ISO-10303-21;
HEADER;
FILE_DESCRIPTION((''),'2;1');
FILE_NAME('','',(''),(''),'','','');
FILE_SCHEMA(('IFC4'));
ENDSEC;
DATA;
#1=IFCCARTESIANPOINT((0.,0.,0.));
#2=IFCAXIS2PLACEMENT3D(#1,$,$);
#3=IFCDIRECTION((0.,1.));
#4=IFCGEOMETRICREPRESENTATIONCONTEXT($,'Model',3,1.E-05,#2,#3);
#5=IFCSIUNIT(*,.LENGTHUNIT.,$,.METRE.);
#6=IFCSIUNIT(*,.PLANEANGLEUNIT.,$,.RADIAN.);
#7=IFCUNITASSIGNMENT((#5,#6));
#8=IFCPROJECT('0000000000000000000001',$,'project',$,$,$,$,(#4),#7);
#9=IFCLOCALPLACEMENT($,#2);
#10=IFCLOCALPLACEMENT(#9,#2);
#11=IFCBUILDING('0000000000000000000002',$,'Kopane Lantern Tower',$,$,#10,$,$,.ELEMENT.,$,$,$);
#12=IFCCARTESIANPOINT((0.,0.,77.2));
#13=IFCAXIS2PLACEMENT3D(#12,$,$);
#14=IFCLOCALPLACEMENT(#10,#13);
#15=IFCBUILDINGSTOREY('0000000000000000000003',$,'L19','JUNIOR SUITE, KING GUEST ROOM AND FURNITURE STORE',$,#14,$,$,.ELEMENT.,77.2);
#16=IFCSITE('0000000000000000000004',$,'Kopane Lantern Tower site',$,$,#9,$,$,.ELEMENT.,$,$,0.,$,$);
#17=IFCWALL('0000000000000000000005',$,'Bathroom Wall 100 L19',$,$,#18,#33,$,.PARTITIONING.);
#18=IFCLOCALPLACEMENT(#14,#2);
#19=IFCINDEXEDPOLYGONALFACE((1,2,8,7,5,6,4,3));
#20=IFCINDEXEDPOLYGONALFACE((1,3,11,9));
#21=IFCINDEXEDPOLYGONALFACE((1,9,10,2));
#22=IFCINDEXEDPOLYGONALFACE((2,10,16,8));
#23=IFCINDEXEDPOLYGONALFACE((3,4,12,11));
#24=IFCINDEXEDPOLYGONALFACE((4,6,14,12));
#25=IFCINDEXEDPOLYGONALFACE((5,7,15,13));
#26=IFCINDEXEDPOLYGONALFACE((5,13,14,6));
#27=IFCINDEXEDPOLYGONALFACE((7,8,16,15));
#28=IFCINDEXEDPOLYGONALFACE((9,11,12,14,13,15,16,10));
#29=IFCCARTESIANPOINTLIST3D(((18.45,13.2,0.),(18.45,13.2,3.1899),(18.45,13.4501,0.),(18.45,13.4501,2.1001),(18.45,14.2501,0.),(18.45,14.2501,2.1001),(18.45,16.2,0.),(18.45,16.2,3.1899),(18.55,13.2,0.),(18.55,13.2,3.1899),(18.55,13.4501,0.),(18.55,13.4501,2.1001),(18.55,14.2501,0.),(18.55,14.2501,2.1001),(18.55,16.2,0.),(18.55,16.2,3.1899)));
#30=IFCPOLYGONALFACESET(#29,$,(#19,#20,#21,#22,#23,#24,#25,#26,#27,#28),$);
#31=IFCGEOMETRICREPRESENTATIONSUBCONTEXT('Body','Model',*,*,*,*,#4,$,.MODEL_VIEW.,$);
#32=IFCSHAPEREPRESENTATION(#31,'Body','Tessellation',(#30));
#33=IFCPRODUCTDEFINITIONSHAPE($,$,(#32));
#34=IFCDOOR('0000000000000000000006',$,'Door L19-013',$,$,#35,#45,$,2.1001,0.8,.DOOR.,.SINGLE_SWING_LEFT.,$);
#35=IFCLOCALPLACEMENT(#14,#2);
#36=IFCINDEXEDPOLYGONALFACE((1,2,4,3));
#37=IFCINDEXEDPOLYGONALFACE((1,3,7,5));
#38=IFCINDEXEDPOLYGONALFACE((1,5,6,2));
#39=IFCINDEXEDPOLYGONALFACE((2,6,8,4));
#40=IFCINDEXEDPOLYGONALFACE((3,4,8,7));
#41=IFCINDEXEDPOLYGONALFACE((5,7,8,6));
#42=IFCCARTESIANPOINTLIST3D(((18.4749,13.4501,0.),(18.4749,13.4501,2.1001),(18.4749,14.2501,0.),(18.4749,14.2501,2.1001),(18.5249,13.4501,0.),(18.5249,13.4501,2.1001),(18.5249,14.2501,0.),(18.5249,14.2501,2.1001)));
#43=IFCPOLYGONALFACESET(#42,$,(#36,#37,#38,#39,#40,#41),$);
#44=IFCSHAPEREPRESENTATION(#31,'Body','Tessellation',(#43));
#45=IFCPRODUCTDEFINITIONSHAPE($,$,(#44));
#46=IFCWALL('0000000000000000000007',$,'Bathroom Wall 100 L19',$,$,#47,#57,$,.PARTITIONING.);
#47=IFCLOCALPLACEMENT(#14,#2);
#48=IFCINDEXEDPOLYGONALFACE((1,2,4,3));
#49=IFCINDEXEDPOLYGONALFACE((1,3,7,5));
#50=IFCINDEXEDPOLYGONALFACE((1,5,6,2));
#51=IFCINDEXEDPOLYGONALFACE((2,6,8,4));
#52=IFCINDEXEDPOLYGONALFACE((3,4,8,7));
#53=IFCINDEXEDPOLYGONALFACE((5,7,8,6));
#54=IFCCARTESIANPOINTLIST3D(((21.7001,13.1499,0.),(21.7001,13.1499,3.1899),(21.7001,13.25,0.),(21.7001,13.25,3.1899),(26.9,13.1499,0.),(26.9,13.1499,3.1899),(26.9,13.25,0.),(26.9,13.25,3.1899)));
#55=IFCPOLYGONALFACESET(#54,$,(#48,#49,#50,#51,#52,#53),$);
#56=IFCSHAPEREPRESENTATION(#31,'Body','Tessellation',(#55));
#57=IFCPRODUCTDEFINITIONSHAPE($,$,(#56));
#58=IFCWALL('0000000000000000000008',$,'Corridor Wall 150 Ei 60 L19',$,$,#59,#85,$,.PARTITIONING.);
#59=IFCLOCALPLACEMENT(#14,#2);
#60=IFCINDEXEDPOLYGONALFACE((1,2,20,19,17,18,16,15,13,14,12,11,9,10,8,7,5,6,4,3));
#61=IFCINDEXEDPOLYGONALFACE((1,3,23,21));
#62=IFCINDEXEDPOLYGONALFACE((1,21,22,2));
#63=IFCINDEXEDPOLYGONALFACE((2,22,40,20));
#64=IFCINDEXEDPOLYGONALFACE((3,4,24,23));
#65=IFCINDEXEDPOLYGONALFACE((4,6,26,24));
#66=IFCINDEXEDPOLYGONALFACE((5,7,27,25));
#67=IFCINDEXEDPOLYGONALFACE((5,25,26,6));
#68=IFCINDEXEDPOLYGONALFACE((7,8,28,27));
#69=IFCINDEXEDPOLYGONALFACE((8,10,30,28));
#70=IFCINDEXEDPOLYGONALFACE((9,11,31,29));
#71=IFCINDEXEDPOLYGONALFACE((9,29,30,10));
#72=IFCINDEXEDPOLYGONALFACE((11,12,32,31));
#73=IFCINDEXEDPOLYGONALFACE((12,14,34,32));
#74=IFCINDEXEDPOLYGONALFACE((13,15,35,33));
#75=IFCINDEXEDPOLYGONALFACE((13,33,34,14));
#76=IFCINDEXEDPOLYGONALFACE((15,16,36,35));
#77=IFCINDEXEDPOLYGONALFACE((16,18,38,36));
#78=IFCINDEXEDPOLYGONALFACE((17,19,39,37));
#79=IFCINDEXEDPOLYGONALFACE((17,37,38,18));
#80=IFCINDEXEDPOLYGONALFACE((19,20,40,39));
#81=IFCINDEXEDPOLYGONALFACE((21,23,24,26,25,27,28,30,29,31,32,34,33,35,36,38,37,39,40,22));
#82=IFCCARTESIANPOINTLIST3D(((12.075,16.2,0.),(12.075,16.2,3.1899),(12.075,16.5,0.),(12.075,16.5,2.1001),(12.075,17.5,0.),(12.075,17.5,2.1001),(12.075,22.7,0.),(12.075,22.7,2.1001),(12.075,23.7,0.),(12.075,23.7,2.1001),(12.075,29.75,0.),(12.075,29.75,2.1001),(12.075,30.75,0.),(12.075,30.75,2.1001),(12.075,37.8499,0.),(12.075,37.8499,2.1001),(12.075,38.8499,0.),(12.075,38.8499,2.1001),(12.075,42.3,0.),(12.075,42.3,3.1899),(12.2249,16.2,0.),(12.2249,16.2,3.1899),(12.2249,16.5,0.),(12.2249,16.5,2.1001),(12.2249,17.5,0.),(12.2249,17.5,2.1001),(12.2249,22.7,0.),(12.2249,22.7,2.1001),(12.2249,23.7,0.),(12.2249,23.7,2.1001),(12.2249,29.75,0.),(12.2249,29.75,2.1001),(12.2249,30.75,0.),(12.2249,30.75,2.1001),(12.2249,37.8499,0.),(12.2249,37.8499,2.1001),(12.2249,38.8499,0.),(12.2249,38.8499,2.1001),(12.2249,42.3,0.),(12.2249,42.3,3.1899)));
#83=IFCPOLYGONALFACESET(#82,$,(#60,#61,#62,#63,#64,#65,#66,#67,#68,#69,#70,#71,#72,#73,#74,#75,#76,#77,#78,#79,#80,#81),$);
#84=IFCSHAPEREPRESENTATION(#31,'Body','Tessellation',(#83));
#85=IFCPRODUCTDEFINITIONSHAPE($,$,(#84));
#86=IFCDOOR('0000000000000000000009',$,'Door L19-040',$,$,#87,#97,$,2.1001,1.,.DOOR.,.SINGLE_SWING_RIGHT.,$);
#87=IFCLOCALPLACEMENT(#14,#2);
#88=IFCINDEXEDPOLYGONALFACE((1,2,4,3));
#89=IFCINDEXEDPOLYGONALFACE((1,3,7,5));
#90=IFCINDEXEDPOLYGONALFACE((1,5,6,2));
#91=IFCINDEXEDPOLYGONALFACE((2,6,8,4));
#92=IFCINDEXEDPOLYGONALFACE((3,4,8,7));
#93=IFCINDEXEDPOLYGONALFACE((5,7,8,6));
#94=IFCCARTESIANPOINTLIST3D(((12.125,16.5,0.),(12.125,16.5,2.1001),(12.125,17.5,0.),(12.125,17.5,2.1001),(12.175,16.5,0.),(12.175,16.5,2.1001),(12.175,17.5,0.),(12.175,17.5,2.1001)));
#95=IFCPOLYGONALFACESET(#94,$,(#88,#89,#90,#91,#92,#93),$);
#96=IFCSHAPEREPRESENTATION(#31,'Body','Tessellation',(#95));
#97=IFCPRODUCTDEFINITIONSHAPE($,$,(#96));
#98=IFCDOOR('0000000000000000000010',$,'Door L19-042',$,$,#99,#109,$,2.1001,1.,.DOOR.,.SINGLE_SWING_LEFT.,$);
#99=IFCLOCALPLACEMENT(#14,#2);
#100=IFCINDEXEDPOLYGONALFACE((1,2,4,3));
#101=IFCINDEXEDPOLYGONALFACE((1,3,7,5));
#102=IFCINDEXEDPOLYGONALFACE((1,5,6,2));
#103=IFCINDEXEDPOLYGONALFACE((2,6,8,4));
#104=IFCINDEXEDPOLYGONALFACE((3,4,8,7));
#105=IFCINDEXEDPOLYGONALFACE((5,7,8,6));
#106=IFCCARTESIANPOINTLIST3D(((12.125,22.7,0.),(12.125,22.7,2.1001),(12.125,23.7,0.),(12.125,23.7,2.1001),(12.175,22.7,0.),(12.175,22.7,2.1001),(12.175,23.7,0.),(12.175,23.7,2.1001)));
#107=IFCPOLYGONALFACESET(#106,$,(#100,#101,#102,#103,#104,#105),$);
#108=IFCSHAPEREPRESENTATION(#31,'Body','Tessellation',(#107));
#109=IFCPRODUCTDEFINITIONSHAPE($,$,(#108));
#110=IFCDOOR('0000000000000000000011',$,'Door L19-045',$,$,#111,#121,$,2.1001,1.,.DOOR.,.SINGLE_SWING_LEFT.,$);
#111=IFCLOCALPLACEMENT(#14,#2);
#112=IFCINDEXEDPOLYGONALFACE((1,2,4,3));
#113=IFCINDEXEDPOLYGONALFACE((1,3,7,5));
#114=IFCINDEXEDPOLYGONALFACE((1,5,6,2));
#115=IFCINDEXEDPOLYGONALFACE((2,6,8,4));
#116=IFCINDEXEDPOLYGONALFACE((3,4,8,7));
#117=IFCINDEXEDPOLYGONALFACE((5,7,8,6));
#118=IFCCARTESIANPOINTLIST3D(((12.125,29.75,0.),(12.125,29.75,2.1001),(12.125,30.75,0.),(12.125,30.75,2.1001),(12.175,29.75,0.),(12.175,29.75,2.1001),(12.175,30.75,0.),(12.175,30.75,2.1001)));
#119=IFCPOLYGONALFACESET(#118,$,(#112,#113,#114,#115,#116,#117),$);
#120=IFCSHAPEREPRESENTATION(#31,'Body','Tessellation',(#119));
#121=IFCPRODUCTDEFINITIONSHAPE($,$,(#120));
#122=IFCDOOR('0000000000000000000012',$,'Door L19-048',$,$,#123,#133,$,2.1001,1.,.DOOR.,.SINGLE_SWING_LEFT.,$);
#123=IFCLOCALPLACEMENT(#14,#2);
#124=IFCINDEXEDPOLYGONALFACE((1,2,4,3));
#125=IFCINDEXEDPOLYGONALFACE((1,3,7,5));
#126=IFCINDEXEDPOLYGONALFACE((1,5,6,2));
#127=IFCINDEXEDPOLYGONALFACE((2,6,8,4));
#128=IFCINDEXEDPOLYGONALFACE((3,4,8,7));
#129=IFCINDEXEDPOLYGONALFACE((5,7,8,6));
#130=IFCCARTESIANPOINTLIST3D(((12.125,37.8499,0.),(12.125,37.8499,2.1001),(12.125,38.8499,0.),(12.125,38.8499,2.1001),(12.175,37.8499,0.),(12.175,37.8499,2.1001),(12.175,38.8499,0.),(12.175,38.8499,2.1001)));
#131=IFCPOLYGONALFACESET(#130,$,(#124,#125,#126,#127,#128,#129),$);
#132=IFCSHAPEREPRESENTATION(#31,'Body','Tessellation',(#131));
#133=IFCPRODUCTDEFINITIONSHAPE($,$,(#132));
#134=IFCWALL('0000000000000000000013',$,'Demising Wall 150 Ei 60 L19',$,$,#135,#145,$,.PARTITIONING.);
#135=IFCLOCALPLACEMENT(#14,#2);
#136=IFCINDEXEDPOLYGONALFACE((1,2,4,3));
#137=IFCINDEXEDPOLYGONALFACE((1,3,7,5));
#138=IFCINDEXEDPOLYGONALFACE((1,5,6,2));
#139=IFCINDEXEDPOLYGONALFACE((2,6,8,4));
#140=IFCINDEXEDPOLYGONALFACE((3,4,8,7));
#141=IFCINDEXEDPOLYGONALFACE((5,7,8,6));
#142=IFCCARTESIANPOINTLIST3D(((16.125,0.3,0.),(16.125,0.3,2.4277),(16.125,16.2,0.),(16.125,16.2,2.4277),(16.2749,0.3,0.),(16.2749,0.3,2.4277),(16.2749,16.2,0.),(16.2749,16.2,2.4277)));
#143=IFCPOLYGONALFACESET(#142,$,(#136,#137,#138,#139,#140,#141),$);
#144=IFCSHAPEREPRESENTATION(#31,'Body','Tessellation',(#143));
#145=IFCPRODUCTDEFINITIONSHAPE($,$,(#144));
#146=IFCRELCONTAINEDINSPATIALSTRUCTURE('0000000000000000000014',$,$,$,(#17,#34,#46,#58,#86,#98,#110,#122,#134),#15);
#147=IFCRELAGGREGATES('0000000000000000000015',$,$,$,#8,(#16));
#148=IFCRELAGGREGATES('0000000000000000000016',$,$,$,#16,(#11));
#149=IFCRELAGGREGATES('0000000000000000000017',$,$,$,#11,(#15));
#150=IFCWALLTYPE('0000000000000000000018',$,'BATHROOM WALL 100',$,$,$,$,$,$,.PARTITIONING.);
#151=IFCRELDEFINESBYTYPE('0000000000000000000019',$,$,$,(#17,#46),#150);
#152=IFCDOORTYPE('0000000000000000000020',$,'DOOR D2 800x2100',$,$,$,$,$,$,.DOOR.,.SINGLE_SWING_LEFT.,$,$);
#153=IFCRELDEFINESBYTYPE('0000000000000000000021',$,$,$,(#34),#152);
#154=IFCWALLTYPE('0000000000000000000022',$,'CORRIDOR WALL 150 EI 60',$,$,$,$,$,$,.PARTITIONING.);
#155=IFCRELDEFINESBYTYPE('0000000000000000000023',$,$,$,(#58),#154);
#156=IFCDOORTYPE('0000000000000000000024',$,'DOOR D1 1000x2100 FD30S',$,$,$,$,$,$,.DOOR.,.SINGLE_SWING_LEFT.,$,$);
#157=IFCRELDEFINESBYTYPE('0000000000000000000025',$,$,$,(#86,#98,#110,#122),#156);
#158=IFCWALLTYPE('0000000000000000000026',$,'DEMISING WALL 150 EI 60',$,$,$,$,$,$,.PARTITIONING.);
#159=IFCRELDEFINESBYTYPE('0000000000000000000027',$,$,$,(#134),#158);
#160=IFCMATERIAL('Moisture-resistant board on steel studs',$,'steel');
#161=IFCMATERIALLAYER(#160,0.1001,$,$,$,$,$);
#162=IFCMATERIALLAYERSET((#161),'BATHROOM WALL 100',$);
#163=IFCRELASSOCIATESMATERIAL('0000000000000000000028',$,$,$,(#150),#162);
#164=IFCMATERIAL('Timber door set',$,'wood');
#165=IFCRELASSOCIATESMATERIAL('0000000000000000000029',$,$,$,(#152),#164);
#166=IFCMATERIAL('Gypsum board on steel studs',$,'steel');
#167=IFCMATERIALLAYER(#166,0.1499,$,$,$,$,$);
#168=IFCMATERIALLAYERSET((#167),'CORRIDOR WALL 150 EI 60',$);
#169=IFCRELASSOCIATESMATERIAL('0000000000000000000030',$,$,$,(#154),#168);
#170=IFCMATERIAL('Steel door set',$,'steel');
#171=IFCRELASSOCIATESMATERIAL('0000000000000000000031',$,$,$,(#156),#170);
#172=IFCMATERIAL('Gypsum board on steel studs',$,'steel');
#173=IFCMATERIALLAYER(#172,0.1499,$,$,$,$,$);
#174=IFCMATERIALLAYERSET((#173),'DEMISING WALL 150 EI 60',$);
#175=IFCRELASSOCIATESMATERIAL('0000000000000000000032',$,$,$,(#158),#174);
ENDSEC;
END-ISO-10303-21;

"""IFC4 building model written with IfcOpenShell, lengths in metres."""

from ifc_helpers import new_model, si_unit, direction, frame, frame_2d, origin, place, context, subcontext, project, spatial, rectangle, extrude, material, layer, layer_set, type_object, element, fill, save


model = new_model("IFC4")

# Units and contexts
model_context = context("Model", 3, precision=1e-05, world=origin(), true_north=direction((0.0, 1.0)))
body_context = subcontext(model_context, "Body", "Model", "MODEL_VIEW")
ifc_project = project(units=[si_unit("LENGTHUNIT", "METRE"), si_unit("PLANEANGLEUNIT", "RADIAN")], contexts=[model_context])

# Site, building, storey
site_placement = place(None, origin())
site = spatial("IfcSite", under=ifc_project, at=site_placement, Name="Kopane Lantern Tower site", CompositionType="ELEMENT", RefElevation=0.0)
building_placement = place(site_placement, origin())
building = spatial("IfcBuilding", under=site, at=building_placement, Name="Kopane Lantern Tower", CompositionType="ELEMENT")
storey_placement = place(building_placement, frame((0.0, 0.0, 77.2)))
storey = spatial("IfcBuildingStorey", under=building, at=storey_placement, Name="L19", Description="JUNIOR SUITE, KING GUEST ROOM AND FURNITURE STORE", CompositionType="ELEMENT", Elevation=77.2)

# Shared definitions
ifc_material_1 = material(Name="Moisture-resistant board on steel studs", Category="steel")
ifc_layer_1 = layer(ifc_material_1, 0.1001)
ifc_layer_set_1 = layer_set([ifc_layer_1], Name="BATHROOM WALL 100")
wall_type_1 = type_object("IfcWallType", Name="BATHROOM WALL 100", PredefinedType="PARTITIONING", material=ifc_layer_set_1)

# Wall, opening, door
wall_1_placement = place(storey_placement, frame((18.5, 16.2, 0.0), z_axis=(0.0, 0.0, 1.0), x_axis=(0.0, -1.0, 0.0)))
wall_1 = element("IfcWall", 1, at=wall_1_placement, inside=storey, type_object=wall_type_1, Name="Bathroom Wall 100 L19", PredefinedType="PARTITIONING", context=body_context, shape_type="SweptSolid", body=[
    extrude(rectangle(XDim=3.0, YDim=0.1001, at=frame_2d((1.5, 0.0))), origin(), (0.0, 0.0, 1.0), 3.1899),
])
opening_1_placement = place(wall_1_placement, frame((1.95, 0.0, 0.0)))
opening_1 = element("IfcOpeningElement", 2, at=opening_1_placement, cuts=wall_1, PredefinedType="OPENING", context=body_context, shape_type="SweptSolid", body=[
    extrude(rectangle(XDim=0.8, YDim=2.1001, at=frame_2d((0.3999, 1.05))), frame((0.0, 0.0601, 0.0), z_axis=(0.0, -1.0, 0.0), x_axis=(1.0, 0.0, 0.0)), (0.0, 0.0, 1.0), 0.1201),
])
ifc_material_2 = material(Name="Timber door set", Category="wood")
door_type_1 = type_object("IfcDoorType", Name="DOOR D2 800x2100", OperationType="SINGLE_SWING_LEFT", PredefinedType="DOOR", material=ifc_material_2)
door_1_placement = place(opening_1_placement, origin())
door_1 = element("IfcDoor", 3, at=door_1_placement, inside=storey, type_object=door_type_1, Name="Door L19-013", OperationType="SINGLE_SWING_LEFT", OverallHeight=2.1001, OverallWidth=0.8, PredefinedType="DOOR", context=body_context, shape_type="SweptSolid", body=[
    extrude(rectangle(XDim=0.8, YDim=2.1001, at=frame_2d((0.3999, 1.05))), frame((0.0, 0.0249, 0.0), z_axis=(0.0, -1.0, 0.0), x_axis=(1.0, 0.0, 0.0)), (0.0, 0.0, 1.0), 0.05),
])
fill(opening_1, door_1)

# Wall
wall_2_placement = place(storey_placement, frame((21.7, 13.2, 0.0), z_axis=(0.0, 0.0, 1.0), x_axis=(1.0, 0.0, 0.0)))
element("IfcWall", 4, at=wall_2_placement, inside=storey, type_object=wall_type_1, Name="Bathroom Wall 100 L19", PredefinedType="PARTITIONING", context=body_context, shape_type="SweptSolid", body=[
    extrude(rectangle(XDim=5.2, YDim=0.1001, at=frame_2d((2.6001, 0.0))), origin(), (0.0, 0.0, 1.0), 3.1899),
])

# Wall, openings, doors
ifc_material_3 = material(Name="Gypsum board on steel studs", Category="steel")
ifc_layer_2 = layer(ifc_material_3, 0.1499)
ifc_layer_set_2 = layer_set([ifc_layer_2], Name="CORRIDOR WALL 150 EI 60")
wall_type_2 = type_object("IfcWallType", Name="CORRIDOR WALL 150 EI 60", PredefinedType="PARTITIONING", material=ifc_layer_set_2)
ifc_material_4 = material(Name="Steel door set", Category="steel")
door_type_2 = type_object("IfcDoorType", Name="DOOR D1 1000x2100 FD30S", OperationType="SINGLE_SWING_LEFT", PredefinedType="DOOR", material=ifc_material_4)
wall_3_placement = place(storey_placement, frame((12.1499, 16.2, 0.0), z_axis=(0.0, 0.0, 1.0), x_axis=(0.0, 1.0, 0.0)))
wall_3 = element("IfcWall", 5, at=wall_3_placement, inside=storey, type_object=wall_type_2, Name="Corridor Wall 150 Ei 60 L19", PredefinedType="PARTITIONING", context=body_context, shape_type="SweptSolid", body=[
    extrude(rectangle(XDim=26.1001, YDim=0.1499, at=frame_2d((13.05, 0.0))), origin(), (0.0, 0.0, 1.0), 3.1899),
])
opening_2_placement = place(wall_3_placement, frame((0.3, 0.0, 0.0)))
opening_2 = element("IfcOpeningElement", 6, at=opening_2_placement, cuts=wall_3, PredefinedType="OPENING", context=body_context, shape_type="SweptSolid", body=[
    extrude(rectangle(XDim=1.0, YDim=2.1001, at=frame_2d((0.5, 1.05))), frame((0.0, 0.085, 0.0), z_axis=(0.0, -1.0, 0.0), x_axis=(1.0, 0.0, 0.0)), (0.0, 0.0, 1.0), 0.1699),
])
opening_3_placement = place(wall_3_placement, frame((6.5, 0.0, 0.0)))
opening_3 = element("IfcOpeningElement", 7, at=opening_3_placement, cuts=wall_3, PredefinedType="OPENING", context=body_context, shape_type="SweptSolid", body=[
    extrude(rectangle(XDim=1.0, YDim=2.1001, at=frame_2d((0.5, 1.05))), frame((0.0, 0.085, 0.0), z_axis=(0.0, -1.0, 0.0), x_axis=(1.0, 0.0, 0.0)), (0.0, 0.0, 1.0), 0.1699),
])
opening_4_placement = place(wall_3_placement, frame((13.55, 0.0, 0.0)))
opening_4 = element("IfcOpeningElement", 8, at=opening_4_placement, cuts=wall_3, PredefinedType="OPENING", context=body_context, shape_type="SweptSolid", body=[
    extrude(rectangle(XDim=1.0, YDim=2.1001, at=frame_2d((0.5, 1.05))), frame((0.0, 0.085, 0.0), z_axis=(0.0, -1.0, 0.0), x_axis=(1.0, 0.0, 0.0)), (0.0, 0.0, 1.0), 0.1699),
])
opening_5_placement = place(wall_3_placement, frame((21.6499, 0.0, 0.0)))
opening_5 = element("IfcOpeningElement", 9, at=opening_5_placement, cuts=wall_3, PredefinedType="OPENING", context=body_context, shape_type="SweptSolid", body=[
    extrude(rectangle(XDim=1.0, YDim=2.1001, at=frame_2d((0.5, 1.05))), frame((0.0, 0.085, 0.0), z_axis=(0.0, -1.0, 0.0), x_axis=(1.0, 0.0, 0.0)), (0.0, 0.0, 1.0), 0.1699),
])
door_2_placement = place(opening_2_placement, origin())
door_2 = element("IfcDoor", 10, at=door_2_placement, inside=storey, type_object=door_type_2, Name="Door L19-040", OperationType="SINGLE_SWING_RIGHT", OverallHeight=2.1001, OverallWidth=1.0, PredefinedType="DOOR", context=body_context, shape_type="SweptSolid", body=[
    extrude(rectangle(XDim=1.0, YDim=2.1001, at=frame_2d((0.5, 1.05))), frame((0.0, 0.0249, 0.0), z_axis=(0.0, -1.0, 0.0), x_axis=(1.0, 0.0, 0.0)), (0.0, 0.0, 1.0), 0.05),
])
fill(opening_2, door_2)
door_3_placement = place(opening_3_placement, origin())
door_3 = element("IfcDoor", 11, at=door_3_placement, inside=storey, type_object=door_type_2, Name="Door L19-042", OperationType="SINGLE_SWING_LEFT", OverallHeight=2.1001, OverallWidth=1.0, PredefinedType="DOOR", context=body_context, shape_type="SweptSolid", body=[
    extrude(rectangle(XDim=1.0, YDim=2.1001, at=frame_2d((0.5, 1.05))), frame((0.0, 0.0249, 0.0), z_axis=(0.0, -1.0, 0.0), x_axis=(1.0, 0.0, 0.0)), (0.0, 0.0, 1.0), 0.05),
])
fill(opening_3, door_3)
door_4_placement = place(opening_4_placement, origin())
door_4 = element("IfcDoor", 12, at=door_4_placement, inside=storey, type_object=door_type_2, Name="Door L19-045", OperationType="SINGLE_SWING_LEFT", OverallHeight=2.1001, OverallWidth=1.0, PredefinedType="DOOR", context=body_context, shape_type="SweptSolid", body=[
    extrude(rectangle(XDim=1.0, YDim=2.1001, at=frame_2d((0.5, 1.05))), frame((0.0, 0.0249, 0.0), z_axis=(0.0, -1.0, 0.0), x_axis=(1.0, 0.0, 0.0)), (0.0, 0.0, 1.0), 0.05),
])
fill(opening_4, door_4)
door_5_placement = place(opening_5_placement, origin())
door_5 = element("IfcDoor", 13, at=door_5_placement, inside=storey, type_object=door_type_2, Name="Door L19-048", OperationType="SINGLE_SWING_LEFT", OverallHeight=2.1001, OverallWidth=1.0, PredefinedType="DOOR", context=body_context, shape_type="SweptSolid", body=[
    extrude(rectangle(XDim=1.0, YDim=2.1001, at=frame_2d((0.5, 1.05))), frame((0.0, 0.0249, 0.0), z_axis=(0.0, -1.0, 0.0), x_axis=(1.0, 0.0, 0.0)), (0.0, 0.0, 1.0), 0.05),
])
fill(opening_5, door_5)

# Wall
ifc_material_5 = material(Name="Gypsum board on steel studs", Category="steel")
ifc_layer_3 = layer(ifc_material_5, 0.1499)
ifc_layer_set_3 = layer_set([ifc_layer_3], Name="DEMISING WALL 150 EI 60")
wall_type_3 = type_object("IfcWallType", Name="DEMISING WALL 150 EI 60", PredefinedType="PARTITIONING", material=ifc_layer_set_3)
wall_4_placement = place(storey_placement, frame((16.2, 16.2, 0.0), z_axis=(0.0, 0.0, 1.0), x_axis=(0.0, -1.0, 0.0)))
element("IfcWall", 14, at=wall_4_placement, inside=storey, type_object=wall_type_3, Name="Demising Wall 150 Ei 60 L19", PredefinedType="PARTITIONING", context=body_context, shape_type="SweptSolid", body=[
    extrude(rectangle(XDim=15.8999, YDim=0.1499, at=frame_2d((7.95, 0.0))), origin(), (0.0, 0.0, 1.0), 2.4277),
])

save(model, "model.ifc")
